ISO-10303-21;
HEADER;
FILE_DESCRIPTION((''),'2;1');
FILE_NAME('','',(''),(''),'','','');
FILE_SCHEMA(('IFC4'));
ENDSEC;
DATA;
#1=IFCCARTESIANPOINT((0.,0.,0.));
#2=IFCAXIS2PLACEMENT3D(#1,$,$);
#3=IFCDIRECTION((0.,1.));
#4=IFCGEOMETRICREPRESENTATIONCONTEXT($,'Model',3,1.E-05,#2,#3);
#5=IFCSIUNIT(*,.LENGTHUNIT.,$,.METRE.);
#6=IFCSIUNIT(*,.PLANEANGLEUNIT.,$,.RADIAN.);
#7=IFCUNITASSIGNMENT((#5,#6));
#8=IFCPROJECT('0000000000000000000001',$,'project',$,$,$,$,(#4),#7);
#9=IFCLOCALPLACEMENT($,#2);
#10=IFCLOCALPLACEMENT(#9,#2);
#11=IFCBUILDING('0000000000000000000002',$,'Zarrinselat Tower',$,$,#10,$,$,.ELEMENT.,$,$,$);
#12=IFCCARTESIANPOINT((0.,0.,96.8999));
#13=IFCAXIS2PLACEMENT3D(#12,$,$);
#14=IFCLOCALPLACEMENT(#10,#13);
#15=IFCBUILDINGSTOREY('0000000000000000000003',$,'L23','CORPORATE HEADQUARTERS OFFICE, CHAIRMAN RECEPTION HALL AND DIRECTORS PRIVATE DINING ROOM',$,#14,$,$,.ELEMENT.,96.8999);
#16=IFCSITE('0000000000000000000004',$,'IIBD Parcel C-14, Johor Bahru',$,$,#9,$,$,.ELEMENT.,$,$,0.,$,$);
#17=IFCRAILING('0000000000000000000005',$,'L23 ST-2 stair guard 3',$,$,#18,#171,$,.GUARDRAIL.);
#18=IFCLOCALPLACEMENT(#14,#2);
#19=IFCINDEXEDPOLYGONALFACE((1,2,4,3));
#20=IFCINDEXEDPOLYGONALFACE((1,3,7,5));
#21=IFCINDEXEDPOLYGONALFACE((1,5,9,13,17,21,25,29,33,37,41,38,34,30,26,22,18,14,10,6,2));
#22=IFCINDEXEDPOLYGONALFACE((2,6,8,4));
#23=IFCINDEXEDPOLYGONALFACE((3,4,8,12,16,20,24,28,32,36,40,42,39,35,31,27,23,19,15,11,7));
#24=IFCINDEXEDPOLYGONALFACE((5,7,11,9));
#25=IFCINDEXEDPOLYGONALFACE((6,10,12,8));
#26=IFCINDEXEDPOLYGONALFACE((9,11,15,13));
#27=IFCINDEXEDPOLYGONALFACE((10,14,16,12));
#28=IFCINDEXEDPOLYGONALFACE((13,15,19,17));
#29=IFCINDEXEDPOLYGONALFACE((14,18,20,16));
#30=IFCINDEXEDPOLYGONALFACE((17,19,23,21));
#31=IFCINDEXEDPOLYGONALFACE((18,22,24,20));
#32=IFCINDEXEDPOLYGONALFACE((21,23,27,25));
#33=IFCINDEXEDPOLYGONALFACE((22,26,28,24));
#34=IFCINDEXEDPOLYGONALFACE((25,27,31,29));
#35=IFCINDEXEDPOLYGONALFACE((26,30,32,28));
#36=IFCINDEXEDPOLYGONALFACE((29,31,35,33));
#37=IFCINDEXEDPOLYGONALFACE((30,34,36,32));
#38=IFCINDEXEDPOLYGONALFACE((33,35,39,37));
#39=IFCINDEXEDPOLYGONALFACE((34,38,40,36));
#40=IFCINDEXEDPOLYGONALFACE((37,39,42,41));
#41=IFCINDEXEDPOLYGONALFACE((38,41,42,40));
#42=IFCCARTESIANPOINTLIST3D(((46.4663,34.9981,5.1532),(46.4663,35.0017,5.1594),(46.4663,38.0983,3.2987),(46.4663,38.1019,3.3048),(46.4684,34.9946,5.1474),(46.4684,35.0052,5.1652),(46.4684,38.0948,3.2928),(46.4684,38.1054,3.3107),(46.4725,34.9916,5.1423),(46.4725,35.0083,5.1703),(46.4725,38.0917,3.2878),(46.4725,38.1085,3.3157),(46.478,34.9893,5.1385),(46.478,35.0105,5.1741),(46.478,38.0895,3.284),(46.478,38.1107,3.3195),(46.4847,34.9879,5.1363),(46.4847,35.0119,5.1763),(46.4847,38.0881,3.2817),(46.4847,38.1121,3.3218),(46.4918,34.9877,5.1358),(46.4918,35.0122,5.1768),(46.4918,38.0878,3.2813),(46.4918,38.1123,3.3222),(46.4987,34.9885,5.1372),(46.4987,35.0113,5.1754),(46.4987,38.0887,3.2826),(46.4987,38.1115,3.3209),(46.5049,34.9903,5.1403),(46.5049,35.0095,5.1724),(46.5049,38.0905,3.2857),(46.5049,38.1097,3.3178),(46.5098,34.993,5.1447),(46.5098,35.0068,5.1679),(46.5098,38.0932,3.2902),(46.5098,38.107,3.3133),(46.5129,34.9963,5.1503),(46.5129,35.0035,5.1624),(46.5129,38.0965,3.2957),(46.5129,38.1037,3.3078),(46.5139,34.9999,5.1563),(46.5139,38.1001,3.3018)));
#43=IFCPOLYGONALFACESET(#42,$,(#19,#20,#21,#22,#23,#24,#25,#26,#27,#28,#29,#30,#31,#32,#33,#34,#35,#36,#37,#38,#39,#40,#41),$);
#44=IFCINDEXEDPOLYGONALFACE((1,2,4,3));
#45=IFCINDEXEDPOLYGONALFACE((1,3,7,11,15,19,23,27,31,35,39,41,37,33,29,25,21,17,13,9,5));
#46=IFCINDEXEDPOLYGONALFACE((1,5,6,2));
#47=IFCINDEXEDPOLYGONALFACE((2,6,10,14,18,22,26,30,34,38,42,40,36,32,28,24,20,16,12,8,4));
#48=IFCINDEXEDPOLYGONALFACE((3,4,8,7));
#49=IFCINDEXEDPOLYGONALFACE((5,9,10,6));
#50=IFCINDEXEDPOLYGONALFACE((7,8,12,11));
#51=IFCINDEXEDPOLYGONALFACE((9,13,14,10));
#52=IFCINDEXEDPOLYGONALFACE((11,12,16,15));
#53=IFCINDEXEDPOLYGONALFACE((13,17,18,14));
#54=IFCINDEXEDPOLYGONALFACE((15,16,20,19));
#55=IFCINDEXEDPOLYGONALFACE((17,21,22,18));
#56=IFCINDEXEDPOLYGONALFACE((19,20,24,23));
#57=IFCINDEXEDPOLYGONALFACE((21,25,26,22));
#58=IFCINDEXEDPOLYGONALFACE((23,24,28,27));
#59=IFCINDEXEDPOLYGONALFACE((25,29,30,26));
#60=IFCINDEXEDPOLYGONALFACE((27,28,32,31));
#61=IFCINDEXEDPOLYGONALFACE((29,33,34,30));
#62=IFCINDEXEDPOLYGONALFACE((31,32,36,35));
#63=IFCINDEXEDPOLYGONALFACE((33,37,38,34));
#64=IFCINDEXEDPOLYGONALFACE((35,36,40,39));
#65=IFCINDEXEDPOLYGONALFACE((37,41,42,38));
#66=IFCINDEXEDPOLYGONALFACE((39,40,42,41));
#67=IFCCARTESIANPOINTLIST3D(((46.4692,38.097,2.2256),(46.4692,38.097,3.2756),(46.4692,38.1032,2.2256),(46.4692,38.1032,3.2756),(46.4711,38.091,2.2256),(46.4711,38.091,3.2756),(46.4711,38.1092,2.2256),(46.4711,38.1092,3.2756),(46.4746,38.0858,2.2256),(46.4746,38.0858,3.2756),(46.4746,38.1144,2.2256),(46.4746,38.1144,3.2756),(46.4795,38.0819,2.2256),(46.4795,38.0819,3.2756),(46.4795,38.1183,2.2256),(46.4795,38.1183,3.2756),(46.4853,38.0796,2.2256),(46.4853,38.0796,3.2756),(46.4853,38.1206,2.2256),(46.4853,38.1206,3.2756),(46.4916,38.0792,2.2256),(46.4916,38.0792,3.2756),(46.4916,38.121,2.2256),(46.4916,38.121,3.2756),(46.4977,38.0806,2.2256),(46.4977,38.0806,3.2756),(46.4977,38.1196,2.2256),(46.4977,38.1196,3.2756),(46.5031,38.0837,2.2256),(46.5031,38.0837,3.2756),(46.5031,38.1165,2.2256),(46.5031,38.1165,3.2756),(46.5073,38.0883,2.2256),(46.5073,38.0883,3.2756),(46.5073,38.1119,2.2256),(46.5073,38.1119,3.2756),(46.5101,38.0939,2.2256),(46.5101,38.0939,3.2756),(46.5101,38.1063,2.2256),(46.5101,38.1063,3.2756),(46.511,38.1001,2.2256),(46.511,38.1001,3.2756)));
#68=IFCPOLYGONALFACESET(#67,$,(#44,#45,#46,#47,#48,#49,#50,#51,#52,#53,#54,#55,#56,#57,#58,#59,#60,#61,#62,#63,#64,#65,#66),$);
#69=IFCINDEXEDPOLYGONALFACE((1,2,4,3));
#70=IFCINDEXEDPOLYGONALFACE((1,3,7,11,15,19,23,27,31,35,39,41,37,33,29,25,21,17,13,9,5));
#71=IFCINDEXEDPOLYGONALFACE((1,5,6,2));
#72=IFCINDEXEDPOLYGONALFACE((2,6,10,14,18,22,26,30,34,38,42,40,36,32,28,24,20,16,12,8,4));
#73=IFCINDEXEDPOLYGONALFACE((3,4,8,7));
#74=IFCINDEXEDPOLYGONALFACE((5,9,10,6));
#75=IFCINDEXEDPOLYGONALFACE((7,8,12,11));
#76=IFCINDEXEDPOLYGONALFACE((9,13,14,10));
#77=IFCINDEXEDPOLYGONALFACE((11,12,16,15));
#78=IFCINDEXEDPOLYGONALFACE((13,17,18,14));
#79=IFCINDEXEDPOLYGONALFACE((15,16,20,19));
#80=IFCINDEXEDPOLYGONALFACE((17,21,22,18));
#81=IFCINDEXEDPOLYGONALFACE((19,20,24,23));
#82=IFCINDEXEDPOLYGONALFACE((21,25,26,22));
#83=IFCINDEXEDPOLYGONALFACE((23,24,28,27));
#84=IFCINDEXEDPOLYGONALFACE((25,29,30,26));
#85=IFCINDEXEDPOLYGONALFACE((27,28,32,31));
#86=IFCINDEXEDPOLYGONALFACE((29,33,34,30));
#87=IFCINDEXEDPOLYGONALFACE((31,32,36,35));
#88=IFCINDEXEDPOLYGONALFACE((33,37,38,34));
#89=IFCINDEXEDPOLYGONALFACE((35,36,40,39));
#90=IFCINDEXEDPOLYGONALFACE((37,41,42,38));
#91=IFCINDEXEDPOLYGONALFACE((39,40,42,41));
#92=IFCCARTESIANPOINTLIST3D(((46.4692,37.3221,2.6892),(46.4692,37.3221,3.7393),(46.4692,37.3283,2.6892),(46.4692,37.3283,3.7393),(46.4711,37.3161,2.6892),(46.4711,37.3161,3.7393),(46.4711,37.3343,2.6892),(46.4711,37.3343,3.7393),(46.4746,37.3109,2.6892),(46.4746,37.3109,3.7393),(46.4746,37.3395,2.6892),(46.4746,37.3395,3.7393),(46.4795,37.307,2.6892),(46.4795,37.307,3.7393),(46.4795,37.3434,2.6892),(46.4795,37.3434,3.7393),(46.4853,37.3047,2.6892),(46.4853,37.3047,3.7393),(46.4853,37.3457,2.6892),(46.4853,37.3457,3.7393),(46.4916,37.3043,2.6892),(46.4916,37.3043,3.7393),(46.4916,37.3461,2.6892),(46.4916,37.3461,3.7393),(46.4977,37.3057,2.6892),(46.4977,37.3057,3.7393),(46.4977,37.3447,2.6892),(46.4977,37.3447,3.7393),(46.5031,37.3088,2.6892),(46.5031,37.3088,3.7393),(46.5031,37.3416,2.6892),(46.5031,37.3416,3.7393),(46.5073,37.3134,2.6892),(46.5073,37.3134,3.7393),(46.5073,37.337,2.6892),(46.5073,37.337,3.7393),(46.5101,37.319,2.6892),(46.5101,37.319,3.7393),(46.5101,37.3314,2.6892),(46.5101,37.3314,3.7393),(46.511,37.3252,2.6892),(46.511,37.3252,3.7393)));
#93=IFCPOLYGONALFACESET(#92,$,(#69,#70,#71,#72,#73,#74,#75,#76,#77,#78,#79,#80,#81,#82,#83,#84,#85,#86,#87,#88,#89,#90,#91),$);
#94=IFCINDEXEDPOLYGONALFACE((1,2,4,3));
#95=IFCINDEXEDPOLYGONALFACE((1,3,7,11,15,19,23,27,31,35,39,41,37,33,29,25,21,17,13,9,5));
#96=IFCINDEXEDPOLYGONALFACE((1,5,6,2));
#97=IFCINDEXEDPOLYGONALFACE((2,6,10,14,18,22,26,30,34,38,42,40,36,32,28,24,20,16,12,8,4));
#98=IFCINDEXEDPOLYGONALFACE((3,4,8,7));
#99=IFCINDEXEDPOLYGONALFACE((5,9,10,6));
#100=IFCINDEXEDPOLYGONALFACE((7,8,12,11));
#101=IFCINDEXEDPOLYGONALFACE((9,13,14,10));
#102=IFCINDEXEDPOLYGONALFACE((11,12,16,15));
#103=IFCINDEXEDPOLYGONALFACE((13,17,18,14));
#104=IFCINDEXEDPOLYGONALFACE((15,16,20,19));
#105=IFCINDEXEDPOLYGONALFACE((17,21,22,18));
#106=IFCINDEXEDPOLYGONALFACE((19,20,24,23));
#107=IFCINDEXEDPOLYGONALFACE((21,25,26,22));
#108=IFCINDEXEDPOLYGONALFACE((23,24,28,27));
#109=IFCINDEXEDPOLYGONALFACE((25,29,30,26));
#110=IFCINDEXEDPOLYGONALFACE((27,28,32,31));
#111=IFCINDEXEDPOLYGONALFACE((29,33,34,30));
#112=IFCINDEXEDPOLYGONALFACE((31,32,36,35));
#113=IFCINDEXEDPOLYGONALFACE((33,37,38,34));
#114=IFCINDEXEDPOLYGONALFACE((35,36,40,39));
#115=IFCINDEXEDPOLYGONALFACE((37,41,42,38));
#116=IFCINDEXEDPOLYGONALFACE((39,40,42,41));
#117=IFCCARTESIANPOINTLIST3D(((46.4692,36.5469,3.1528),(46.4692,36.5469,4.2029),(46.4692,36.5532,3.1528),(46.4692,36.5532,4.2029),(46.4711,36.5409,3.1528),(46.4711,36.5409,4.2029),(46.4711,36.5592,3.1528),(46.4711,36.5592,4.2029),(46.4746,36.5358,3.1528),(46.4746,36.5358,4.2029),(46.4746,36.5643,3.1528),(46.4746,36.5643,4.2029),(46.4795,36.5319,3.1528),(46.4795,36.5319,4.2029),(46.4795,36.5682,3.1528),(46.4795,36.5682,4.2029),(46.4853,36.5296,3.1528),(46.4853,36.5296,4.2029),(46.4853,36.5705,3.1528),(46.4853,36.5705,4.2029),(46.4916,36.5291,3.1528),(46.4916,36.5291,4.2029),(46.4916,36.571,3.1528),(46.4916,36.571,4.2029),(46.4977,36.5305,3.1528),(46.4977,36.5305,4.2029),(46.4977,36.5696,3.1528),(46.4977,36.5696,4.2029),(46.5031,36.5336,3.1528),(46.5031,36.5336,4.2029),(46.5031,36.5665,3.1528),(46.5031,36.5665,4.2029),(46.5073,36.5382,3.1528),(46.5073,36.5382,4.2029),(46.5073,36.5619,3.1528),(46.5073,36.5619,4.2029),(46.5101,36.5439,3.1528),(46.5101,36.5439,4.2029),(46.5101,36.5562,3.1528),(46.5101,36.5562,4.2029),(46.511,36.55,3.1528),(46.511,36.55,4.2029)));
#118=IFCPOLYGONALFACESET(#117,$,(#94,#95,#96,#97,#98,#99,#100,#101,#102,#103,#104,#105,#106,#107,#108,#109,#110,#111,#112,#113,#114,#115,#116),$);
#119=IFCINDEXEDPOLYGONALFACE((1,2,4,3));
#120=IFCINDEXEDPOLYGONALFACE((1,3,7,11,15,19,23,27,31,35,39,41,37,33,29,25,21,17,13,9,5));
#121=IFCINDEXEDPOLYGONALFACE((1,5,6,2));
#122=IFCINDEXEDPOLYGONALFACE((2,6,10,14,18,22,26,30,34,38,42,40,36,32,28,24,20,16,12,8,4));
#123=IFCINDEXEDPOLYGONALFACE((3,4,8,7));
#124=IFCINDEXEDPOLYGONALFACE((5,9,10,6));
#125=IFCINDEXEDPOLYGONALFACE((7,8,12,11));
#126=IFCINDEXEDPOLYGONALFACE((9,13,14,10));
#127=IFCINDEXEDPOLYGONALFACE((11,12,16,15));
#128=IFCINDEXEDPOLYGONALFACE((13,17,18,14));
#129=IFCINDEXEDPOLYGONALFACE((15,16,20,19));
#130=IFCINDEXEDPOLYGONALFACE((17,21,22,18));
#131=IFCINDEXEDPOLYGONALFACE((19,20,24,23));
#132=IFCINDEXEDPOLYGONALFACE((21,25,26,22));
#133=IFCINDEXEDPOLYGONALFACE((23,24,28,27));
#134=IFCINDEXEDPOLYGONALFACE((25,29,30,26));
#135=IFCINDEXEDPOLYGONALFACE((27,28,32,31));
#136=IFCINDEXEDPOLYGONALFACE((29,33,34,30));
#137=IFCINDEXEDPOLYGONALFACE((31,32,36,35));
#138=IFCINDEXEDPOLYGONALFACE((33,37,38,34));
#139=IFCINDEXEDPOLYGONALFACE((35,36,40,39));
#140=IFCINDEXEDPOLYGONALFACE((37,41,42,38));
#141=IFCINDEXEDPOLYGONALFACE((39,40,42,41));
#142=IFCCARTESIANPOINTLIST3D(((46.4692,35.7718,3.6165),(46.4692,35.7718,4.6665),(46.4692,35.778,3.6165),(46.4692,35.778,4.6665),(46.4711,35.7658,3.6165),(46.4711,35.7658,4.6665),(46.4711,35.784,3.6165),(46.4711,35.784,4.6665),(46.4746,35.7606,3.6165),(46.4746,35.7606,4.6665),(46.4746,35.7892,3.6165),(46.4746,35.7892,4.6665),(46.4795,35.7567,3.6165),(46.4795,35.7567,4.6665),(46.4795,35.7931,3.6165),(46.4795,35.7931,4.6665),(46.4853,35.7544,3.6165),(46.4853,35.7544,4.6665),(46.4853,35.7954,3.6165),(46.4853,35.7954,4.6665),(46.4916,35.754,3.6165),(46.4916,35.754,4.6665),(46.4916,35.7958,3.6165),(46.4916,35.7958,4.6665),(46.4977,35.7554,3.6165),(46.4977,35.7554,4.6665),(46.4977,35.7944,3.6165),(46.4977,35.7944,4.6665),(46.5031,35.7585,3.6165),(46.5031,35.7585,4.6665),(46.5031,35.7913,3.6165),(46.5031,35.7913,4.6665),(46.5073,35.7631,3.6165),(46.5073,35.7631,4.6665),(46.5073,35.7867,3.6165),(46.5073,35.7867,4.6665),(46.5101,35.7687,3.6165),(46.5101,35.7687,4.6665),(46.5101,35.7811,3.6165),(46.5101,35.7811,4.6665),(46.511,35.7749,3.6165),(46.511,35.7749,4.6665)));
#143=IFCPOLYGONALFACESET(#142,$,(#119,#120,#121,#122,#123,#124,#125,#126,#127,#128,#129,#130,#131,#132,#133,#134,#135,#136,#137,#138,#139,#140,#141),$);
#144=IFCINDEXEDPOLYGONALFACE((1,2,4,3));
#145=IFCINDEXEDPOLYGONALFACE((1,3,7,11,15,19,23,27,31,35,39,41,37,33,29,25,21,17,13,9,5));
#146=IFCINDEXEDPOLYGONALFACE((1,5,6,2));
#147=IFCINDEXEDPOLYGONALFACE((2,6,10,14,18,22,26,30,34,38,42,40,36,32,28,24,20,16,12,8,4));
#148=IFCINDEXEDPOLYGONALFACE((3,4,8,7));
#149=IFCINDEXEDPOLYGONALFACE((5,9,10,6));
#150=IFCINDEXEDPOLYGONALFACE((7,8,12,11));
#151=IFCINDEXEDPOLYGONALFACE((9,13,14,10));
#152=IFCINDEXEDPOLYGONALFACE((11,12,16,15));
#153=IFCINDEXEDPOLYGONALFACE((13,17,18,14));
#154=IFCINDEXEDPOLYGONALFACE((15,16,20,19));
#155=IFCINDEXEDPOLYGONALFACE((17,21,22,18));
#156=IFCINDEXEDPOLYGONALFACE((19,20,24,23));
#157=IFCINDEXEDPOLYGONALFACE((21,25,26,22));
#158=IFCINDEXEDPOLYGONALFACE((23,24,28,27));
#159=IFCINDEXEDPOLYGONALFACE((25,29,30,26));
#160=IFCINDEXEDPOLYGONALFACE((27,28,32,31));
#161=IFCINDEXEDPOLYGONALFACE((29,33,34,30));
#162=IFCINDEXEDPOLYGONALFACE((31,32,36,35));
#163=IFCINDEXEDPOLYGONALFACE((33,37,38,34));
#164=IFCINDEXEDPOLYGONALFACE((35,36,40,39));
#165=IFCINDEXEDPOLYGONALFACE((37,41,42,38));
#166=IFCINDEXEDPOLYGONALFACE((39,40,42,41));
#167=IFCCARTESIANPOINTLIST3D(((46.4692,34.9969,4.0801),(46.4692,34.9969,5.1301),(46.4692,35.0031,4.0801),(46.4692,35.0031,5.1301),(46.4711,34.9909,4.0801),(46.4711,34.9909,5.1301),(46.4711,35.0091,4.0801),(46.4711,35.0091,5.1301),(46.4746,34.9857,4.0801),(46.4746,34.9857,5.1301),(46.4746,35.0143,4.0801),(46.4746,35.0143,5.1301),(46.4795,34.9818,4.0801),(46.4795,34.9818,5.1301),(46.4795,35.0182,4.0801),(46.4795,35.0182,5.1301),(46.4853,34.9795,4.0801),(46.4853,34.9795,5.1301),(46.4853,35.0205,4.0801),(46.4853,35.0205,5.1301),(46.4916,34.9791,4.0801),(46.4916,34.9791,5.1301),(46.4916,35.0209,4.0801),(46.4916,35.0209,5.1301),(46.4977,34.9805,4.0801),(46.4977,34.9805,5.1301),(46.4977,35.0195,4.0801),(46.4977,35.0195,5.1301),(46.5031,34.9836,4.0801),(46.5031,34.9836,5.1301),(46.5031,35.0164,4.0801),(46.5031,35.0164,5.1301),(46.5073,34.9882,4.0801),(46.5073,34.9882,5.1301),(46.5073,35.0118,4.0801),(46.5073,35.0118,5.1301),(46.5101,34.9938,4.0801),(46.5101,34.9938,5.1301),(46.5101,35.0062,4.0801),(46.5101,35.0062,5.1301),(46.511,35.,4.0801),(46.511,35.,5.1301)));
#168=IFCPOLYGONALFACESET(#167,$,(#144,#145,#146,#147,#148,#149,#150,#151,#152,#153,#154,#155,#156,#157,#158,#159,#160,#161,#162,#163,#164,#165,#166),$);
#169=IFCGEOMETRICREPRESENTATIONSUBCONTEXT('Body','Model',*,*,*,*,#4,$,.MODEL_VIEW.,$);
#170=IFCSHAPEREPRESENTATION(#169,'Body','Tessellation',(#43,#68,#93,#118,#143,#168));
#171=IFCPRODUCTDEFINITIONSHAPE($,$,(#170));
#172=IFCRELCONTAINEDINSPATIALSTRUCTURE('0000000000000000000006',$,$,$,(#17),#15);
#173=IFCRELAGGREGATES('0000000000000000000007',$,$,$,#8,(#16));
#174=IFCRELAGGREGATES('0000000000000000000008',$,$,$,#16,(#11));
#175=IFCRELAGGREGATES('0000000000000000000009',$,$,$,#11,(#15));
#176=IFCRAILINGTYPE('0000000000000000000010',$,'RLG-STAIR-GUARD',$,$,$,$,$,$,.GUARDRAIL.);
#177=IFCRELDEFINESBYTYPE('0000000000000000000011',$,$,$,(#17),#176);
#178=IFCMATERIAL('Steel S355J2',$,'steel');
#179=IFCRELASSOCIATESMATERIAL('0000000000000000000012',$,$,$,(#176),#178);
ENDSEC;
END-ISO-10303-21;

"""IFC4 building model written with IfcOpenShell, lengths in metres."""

from ifc_helpers import new_model, si_unit, direction, frame, origin, origin_2d, place, context, subcontext, project, spatial, circle, extrude, material, type_object, element, save


model = new_model("IFC4")

# Units and contexts
model_context = context("Model", 3, precision=1e-05, world=origin(), true_north=direction((0.0, 1.0)))
body_context = subcontext(model_context, "Body", "Model", "MODEL_VIEW")
ifc_project = project(units=[si_unit("LENGTHUNIT", "METRE"), si_unit("PLANEANGLEUNIT", "RADIAN")], contexts=[model_context])

# Site, building, storey
site_placement = place(None, origin())
site = spatial("IfcSite", under=ifc_project, at=site_placement, Name="IIBD Parcel C-14, Johor Bahru", CompositionType="ELEMENT", RefElevation=0.0)
building_placement = place(site_placement, origin())
building = spatial("IfcBuilding", under=site, at=building_placement, Name="Zarrinselat Tower", CompositionType="ELEMENT")
storey_placement = place(building_placement, frame((0.0, 0.0, 96.8999)))
storey = spatial("IfcBuildingStorey", under=building, at=storey_placement, Name="L23", Description="CORPORATE HEADQUARTERS OFFICE, CHAIRMAN RECEPTION HALL AND DIRECTORS PRIVATE DINING ROOM", CompositionType="ELEMENT", Elevation=96.8999)

# Railing
ifc_material_1 = material(Name="Steel S355J2", Category="steel")
railing_type_1 = type_object("IfcRailingType", Name="RLG-STAIR-GUARD", PredefinedType="GUARDRAIL", material=ifc_material_1)
railing_1_placement = place(storey_placement, frame((46.49, 38.1001, 2.2256)))
element("IfcRailing", 1, at=railing_1_placement, inside=storey, type_object=railing_type_1, Name="L23 ST-2 stair guard 3", PredefinedType="GUARDRAIL", context=body_context, shape_type="SweptSolid", body=[
    extrude(circle(Radius=0.0239, at=origin_2d()), frame((0.0, 0.0, 1.0762), z_axis=(0.0, -0.858172, 0.513362), x_axis=(1.0, 0.0, 0.0)), (0.0, 0.0, 1.0), 3.6125),
    extrude(circle(Radius=0.021, at=origin_2d()), origin(), (0.0, 0.0, 1.0), 1.05),
    extrude(circle(Radius=0.021, at=origin_2d()), frame((0.0, -0.7749, 0.4636)), (0.0, 0.0, 1.0), 1.05),
    extrude(circle(Radius=0.021, at=origin_2d()), frame((0.0, -1.55, 0.9272)), (0.0, 0.0, 1.0), 1.05),
    extrude(circle(Radius=0.021, at=origin_2d()), frame((0.0, -2.3252, 1.3909)), (0.0, 0.0, 1.0), 1.05),
    extrude(circle(Radius=0.021, at=origin_2d()), frame((0.0, -3.1001, 1.8545)), (0.0, 0.0, 1.0), 1.05),
])

save(model, "model.ifc")
